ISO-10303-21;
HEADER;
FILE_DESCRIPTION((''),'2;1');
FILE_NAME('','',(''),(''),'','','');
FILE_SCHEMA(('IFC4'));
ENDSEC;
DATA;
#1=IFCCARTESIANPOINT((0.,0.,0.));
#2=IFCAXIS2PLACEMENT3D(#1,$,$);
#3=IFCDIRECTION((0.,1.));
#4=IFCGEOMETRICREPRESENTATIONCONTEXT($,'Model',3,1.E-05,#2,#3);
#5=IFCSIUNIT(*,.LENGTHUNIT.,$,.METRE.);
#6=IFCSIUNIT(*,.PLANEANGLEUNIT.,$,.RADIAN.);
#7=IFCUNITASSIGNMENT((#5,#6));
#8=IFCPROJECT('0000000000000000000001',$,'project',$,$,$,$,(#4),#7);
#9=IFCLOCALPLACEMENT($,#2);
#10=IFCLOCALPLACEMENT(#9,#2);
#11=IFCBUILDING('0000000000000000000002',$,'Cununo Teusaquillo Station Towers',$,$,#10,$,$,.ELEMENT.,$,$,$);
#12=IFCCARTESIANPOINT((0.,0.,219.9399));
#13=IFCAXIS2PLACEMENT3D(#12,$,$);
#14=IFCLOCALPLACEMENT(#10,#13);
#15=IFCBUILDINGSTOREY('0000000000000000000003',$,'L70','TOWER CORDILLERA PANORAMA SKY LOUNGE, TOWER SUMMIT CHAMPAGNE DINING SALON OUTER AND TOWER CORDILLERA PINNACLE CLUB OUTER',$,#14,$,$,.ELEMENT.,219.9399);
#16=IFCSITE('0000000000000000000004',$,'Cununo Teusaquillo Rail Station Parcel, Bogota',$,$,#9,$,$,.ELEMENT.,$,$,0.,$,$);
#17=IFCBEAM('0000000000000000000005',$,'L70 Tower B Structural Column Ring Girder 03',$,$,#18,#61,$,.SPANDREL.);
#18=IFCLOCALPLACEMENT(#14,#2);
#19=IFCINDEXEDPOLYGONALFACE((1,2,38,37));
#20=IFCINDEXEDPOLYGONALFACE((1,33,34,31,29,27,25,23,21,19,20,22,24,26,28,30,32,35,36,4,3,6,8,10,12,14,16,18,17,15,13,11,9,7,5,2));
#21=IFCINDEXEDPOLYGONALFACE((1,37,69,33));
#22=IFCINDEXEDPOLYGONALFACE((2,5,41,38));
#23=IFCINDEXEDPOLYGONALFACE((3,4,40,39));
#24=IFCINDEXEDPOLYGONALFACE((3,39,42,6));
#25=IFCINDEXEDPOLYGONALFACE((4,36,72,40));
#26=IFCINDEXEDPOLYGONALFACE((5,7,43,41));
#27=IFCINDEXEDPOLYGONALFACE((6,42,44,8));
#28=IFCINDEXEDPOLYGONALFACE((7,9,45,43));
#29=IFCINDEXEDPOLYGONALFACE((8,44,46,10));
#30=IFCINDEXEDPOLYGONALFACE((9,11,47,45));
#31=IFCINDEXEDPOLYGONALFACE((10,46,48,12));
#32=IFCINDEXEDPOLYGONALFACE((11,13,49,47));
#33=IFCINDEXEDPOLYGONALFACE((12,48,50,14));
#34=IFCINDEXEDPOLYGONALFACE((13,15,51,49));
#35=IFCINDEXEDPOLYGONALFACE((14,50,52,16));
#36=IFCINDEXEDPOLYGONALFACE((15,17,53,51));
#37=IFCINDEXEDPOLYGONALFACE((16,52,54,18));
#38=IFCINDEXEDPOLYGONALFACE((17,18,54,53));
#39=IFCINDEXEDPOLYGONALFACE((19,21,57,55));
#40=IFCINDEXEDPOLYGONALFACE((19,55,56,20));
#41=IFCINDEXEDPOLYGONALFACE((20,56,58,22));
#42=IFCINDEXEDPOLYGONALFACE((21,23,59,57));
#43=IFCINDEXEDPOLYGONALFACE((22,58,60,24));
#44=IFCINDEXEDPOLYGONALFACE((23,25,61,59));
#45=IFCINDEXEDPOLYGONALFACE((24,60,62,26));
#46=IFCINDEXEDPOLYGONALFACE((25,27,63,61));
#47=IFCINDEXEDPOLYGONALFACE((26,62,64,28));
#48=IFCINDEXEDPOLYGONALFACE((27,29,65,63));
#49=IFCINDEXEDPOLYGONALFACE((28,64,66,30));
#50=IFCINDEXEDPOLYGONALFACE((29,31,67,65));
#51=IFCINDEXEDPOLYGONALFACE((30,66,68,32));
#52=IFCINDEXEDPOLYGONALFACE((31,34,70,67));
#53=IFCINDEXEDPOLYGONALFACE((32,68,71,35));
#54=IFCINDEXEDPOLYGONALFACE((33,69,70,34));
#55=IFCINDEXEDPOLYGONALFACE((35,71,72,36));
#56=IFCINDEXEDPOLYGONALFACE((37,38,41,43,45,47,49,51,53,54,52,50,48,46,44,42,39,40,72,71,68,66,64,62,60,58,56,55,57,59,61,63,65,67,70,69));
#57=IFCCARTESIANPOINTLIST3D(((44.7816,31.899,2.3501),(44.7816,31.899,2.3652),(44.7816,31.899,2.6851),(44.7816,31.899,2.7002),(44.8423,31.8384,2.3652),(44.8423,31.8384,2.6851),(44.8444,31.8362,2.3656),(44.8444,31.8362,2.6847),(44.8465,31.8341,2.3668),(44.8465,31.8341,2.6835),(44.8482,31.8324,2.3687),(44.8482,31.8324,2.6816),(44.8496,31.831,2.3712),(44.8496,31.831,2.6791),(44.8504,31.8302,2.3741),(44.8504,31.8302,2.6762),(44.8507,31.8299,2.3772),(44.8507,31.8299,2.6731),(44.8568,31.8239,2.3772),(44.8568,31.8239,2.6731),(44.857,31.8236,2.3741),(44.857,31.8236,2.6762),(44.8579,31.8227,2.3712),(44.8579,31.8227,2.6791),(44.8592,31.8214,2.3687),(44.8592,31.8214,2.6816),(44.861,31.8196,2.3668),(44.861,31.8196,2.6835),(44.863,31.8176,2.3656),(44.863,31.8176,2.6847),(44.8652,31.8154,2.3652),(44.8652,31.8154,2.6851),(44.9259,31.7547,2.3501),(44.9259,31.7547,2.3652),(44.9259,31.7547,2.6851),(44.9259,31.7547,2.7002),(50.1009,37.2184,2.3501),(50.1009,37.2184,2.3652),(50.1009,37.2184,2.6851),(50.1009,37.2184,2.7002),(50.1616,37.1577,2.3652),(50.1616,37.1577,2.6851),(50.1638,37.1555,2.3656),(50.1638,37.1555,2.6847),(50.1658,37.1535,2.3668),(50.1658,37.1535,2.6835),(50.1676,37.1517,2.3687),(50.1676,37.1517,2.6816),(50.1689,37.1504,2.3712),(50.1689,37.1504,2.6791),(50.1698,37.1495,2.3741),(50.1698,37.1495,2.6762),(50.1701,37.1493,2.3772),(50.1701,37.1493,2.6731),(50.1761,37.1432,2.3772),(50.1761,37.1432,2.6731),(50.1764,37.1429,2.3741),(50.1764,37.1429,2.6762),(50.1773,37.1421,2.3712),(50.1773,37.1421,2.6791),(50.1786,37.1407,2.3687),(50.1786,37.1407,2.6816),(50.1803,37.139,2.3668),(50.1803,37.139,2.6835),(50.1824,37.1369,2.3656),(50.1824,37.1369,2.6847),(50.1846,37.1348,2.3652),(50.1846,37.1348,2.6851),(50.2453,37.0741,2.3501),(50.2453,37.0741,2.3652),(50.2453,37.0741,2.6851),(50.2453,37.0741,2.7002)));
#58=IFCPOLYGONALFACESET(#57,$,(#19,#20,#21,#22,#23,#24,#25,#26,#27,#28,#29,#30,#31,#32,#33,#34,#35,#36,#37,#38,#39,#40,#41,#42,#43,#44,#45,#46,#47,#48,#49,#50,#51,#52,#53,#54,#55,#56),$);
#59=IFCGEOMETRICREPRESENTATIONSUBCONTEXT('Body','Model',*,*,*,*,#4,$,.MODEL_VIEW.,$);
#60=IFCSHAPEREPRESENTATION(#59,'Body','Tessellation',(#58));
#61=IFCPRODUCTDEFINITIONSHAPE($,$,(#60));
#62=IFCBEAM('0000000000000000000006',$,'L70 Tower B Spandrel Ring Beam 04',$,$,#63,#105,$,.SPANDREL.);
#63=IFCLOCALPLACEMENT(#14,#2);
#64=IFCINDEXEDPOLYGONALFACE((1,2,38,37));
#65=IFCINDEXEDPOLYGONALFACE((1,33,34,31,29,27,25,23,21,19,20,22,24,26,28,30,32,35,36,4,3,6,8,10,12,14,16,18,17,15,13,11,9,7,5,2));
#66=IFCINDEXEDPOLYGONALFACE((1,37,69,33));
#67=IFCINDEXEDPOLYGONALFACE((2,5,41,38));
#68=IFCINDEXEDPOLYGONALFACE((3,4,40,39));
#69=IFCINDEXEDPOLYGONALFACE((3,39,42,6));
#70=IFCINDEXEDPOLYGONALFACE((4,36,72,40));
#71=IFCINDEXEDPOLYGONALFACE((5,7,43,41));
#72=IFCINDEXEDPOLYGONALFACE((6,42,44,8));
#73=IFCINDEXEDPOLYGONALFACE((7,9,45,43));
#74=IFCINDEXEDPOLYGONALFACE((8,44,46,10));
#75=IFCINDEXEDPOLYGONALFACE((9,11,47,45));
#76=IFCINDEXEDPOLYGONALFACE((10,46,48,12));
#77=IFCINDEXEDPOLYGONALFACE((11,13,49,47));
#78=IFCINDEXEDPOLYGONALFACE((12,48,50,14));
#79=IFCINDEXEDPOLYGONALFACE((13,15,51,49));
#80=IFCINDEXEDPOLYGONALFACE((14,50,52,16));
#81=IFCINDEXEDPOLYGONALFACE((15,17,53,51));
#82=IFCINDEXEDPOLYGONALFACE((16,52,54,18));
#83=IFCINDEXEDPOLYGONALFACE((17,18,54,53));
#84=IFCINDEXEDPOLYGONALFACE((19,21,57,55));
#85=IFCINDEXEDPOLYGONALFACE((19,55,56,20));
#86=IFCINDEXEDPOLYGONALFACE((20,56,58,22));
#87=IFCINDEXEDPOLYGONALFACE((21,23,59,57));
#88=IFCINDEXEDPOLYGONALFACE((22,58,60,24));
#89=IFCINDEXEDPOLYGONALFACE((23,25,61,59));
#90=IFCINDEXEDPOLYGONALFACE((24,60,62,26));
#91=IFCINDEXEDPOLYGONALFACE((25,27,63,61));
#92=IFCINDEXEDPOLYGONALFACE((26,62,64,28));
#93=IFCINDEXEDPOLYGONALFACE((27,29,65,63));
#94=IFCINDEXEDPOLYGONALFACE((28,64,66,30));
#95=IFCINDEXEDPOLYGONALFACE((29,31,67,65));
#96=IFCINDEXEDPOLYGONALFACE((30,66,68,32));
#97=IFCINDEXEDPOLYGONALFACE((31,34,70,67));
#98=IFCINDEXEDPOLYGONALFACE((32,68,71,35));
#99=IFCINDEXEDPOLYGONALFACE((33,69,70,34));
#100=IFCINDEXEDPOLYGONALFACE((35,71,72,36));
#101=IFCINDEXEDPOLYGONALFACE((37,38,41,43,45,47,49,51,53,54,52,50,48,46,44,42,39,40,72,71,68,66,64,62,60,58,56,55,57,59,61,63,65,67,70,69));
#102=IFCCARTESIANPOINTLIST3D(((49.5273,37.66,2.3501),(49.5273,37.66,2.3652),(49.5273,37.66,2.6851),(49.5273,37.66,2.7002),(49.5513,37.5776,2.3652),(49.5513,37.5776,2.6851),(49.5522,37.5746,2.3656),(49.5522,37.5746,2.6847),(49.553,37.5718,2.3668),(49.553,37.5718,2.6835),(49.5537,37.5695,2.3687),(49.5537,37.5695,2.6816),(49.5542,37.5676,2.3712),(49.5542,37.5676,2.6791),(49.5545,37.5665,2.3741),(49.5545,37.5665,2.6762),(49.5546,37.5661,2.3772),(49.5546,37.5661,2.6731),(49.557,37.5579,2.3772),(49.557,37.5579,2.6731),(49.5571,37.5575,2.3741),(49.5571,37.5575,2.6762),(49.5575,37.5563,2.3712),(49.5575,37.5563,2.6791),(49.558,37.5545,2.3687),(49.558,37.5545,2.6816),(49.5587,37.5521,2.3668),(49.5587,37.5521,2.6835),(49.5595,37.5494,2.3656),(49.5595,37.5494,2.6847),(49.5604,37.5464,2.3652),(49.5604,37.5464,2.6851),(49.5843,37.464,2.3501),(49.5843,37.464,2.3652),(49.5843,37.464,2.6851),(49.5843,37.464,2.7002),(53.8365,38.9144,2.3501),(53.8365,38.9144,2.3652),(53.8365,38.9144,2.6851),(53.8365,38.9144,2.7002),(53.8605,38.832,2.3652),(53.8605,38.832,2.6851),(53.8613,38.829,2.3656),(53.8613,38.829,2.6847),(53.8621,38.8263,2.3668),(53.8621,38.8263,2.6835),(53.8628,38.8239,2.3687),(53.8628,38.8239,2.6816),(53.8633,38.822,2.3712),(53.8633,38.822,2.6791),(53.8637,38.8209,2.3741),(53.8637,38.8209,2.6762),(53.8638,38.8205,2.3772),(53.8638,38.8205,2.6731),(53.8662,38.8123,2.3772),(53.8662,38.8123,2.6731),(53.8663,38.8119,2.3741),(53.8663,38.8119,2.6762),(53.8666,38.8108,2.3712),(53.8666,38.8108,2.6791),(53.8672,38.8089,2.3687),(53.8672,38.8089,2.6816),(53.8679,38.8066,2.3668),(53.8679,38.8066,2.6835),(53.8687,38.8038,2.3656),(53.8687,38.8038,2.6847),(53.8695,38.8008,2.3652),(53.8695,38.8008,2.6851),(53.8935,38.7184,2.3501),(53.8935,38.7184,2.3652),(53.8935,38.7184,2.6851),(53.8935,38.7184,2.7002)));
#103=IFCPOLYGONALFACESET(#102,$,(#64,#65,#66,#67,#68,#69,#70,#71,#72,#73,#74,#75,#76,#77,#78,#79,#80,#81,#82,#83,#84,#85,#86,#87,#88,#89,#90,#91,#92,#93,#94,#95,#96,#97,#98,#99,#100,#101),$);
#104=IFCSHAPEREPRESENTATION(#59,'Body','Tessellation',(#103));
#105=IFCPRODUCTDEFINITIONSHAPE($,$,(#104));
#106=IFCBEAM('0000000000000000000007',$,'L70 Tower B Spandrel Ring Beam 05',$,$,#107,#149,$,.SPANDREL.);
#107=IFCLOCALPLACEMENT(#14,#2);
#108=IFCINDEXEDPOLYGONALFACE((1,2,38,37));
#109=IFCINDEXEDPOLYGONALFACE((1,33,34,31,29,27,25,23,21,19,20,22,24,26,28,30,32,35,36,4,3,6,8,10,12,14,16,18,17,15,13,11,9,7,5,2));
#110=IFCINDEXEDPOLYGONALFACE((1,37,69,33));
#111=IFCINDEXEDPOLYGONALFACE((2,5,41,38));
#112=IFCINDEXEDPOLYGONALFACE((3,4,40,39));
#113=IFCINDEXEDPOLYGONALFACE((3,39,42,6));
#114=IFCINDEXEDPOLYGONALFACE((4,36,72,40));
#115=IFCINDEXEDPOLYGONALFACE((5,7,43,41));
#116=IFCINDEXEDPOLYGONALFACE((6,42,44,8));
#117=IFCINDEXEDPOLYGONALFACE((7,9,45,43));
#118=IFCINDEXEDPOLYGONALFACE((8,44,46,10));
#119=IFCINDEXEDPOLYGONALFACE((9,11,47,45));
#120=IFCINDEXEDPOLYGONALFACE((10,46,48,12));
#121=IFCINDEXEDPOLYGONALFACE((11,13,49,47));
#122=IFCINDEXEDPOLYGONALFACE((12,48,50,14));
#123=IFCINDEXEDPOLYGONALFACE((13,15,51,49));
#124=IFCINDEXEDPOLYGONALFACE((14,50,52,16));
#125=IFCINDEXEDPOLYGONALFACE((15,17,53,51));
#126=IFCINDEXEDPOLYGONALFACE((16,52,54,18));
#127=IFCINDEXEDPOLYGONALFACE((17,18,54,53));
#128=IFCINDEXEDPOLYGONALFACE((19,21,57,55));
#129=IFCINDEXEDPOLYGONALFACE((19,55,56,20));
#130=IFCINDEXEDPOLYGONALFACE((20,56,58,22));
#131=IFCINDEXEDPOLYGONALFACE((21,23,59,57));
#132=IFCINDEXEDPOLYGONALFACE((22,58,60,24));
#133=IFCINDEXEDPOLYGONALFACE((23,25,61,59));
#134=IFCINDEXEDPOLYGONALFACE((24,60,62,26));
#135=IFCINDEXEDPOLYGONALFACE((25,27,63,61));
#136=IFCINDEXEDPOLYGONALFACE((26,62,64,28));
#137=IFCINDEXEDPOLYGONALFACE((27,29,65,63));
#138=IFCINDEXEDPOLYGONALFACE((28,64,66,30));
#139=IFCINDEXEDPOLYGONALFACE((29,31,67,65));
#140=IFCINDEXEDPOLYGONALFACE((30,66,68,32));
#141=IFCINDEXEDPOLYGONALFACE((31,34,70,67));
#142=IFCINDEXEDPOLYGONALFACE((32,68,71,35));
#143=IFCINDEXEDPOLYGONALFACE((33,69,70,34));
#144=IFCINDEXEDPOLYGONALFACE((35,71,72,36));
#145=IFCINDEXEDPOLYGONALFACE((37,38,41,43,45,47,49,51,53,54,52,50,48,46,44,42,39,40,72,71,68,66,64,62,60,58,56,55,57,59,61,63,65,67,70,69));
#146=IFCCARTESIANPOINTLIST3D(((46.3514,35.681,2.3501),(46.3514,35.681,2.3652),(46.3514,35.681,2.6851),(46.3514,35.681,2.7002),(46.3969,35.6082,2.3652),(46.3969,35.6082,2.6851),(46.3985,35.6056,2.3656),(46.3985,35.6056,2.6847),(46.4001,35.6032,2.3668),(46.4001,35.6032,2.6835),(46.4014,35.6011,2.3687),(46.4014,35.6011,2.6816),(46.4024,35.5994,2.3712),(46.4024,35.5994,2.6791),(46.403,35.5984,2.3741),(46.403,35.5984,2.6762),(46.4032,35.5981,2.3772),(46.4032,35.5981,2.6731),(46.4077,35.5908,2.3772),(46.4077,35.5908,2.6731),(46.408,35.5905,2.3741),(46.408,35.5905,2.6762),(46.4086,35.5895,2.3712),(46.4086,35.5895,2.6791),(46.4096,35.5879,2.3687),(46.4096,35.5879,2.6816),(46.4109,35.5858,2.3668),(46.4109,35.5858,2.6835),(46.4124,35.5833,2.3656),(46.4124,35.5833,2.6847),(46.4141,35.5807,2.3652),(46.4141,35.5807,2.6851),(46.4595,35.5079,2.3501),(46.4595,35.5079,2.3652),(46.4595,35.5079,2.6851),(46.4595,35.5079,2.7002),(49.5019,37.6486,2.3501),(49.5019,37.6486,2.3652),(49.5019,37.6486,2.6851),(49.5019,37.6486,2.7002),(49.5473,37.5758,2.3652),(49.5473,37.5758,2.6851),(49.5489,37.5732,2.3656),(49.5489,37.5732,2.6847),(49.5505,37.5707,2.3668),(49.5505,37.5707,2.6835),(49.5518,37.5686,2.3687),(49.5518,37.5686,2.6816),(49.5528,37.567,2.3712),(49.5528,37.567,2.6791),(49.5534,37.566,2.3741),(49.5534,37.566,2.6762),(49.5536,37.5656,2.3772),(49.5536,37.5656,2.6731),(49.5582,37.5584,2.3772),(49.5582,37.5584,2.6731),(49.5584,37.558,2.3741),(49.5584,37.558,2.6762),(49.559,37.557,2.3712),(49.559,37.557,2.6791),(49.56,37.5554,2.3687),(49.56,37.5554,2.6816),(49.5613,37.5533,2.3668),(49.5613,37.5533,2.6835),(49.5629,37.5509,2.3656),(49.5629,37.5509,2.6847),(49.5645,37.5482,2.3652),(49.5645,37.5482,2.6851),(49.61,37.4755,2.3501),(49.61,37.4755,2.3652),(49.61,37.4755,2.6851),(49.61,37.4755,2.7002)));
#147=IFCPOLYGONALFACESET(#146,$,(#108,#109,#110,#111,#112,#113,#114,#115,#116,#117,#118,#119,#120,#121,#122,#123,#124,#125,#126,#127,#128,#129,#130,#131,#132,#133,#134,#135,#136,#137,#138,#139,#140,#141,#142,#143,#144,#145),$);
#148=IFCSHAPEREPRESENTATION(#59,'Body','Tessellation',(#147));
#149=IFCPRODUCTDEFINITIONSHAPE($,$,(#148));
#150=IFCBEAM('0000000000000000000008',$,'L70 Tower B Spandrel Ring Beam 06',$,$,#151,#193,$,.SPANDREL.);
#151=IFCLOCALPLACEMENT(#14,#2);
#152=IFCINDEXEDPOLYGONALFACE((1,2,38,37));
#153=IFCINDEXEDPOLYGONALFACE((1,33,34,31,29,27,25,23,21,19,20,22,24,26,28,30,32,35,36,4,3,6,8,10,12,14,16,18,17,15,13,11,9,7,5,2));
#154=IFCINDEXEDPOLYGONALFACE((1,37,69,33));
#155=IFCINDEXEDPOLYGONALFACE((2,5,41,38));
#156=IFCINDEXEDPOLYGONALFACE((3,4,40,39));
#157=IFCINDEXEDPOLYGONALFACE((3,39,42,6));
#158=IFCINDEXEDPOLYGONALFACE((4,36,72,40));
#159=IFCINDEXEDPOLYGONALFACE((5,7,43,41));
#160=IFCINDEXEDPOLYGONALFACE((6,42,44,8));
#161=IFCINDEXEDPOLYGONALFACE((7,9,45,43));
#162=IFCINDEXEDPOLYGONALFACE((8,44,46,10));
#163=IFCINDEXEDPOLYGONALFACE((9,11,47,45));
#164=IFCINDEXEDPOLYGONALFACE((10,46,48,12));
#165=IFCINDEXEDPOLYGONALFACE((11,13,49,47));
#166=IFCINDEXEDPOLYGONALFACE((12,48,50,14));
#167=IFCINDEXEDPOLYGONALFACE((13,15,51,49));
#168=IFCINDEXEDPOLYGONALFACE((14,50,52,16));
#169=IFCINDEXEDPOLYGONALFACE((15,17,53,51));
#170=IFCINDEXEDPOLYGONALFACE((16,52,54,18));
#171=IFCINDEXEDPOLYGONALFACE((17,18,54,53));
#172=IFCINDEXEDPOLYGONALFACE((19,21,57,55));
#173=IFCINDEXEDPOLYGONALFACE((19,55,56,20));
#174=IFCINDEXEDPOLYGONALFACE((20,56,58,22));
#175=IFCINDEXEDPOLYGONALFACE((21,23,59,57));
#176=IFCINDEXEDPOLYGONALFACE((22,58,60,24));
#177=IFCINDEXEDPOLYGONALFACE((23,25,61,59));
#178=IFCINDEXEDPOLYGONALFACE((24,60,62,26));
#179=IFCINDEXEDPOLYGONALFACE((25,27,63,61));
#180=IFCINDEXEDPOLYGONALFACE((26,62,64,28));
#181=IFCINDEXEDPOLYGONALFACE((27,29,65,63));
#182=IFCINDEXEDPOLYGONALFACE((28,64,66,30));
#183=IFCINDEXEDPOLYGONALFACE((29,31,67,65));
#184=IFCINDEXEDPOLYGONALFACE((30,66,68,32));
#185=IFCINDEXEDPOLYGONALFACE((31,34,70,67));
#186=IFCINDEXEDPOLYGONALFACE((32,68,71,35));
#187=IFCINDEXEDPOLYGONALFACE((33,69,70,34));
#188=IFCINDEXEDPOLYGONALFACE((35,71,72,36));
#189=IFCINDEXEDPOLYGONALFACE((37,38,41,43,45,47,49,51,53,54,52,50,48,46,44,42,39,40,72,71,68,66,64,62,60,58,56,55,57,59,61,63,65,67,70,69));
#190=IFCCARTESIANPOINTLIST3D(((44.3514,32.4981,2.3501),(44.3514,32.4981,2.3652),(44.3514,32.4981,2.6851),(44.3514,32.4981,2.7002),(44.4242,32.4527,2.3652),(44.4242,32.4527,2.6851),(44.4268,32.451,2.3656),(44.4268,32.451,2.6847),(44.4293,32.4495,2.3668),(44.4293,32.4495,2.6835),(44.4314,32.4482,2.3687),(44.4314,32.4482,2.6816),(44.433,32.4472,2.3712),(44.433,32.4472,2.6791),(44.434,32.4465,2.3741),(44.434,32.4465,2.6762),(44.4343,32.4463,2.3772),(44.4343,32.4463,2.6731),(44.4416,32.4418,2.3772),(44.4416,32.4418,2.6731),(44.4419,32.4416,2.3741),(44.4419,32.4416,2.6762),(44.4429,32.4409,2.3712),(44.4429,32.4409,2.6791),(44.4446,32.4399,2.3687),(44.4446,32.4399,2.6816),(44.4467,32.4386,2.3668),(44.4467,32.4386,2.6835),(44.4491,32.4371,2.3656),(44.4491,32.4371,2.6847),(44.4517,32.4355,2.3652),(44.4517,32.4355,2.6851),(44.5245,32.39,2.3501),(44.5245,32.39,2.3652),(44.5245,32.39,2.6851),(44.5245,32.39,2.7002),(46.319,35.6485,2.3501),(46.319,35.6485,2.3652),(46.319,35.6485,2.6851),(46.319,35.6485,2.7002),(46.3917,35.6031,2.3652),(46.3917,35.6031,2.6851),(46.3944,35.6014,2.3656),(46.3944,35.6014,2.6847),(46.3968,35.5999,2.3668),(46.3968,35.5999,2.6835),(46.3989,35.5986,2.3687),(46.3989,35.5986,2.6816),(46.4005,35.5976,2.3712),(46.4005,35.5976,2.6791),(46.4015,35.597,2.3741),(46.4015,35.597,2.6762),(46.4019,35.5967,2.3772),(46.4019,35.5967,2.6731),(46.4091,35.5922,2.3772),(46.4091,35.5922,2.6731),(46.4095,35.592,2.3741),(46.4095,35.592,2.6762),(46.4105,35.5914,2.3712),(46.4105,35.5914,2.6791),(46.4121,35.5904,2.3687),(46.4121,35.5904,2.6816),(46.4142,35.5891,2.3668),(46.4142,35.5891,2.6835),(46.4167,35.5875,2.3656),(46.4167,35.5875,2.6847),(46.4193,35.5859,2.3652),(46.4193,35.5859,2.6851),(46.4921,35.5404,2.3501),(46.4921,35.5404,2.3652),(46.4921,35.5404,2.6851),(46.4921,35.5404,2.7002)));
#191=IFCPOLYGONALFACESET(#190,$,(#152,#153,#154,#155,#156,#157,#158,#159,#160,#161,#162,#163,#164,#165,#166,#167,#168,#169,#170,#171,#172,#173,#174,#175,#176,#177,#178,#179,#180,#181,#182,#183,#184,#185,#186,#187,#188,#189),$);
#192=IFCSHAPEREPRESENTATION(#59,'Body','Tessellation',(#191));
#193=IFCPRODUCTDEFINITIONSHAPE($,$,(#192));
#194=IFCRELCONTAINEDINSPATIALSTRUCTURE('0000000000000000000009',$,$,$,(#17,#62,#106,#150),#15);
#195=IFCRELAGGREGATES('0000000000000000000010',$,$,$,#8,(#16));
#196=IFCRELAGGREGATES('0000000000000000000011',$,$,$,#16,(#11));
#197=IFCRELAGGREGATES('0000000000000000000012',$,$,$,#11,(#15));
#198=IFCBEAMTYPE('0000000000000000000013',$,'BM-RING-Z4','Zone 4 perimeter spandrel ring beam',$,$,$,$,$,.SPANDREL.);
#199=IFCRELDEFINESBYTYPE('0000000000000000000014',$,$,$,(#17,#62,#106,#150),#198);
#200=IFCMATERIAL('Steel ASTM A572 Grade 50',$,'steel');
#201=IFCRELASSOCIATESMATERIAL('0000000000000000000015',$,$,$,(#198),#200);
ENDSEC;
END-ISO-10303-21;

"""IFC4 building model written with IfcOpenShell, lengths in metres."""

from ifc_helpers import new_model, si_unit, direction, frame, origin, origin_2d, place, context, subcontext, project, spatial, i_section, extrude, material, material_profile, profile_set, type_object, element, save


model = new_model("IFC4")

# Units and contexts
model_context = context("Model", 3, precision=1e-05, world=origin(), true_north=direction((0.0, 1.0)))
body_context = subcontext(model_context, "Body", "Model", "MODEL_VIEW")
ifc_project = project(units=[si_unit("LENGTHUNIT", "METRE"), si_unit("PLANEANGLEUNIT", "RADIAN")], contexts=[model_context])

# Site, building, storey
site_placement = place(None, origin())
site = spatial("IfcSite", under=ifc_project, at=site_placement, Name="Cununo Teusaquillo Rail Station Parcel, Bogota", CompositionType="ELEMENT", RefElevation=0.0)
building_placement = place(site_placement, origin())
building = spatial("IfcBuilding", under=site, at=building_placement, Name="Cununo Teusaquillo Station Towers", CompositionType="ELEMENT")
storey_placement = place(building_placement, frame((0.0, 0.0, 219.9399)))
storey = spatial("IfcBuildingStorey", under=building, at=storey_placement, Name="L70", Description="TOWER CORDILLERA PANORAMA SKY LOUNGE, TOWER SUMMIT CHAMPAGNE DINING SALON OUTER AND TOWER CORDILLERA PINNACLE CLUB OUTER", CompositionType="ELEMENT", Elevation=219.9399)

# Beams
ifc_material_1 = material(Name="Steel ASTM A572 Grade 50", Category="steel")
ifc_material_profile_1 = material_profile(ifc_material_1, i_section(OverallWidth=0.2041, OverallDepth=0.3501, WebThickness=0.0085, FlangeThickness=0.0151, FilletRadius=0.012, at=origin_2d()), Name="W14X48")
ifc_profile_set_1 = profile_set([ifc_material_profile_1], Name="Steel ASTM A572 Grade 50")
beam_type_1 = type_object("IfcBeamType", Name="BM-RING-Z4", Description="Zone 4 perimeter spandrel ring beam", PredefinedType="SPANDREL", material=ifc_profile_set_1)
beam_1_placement = place(storey_placement, frame((50.1731, 37.1462, 2.5251), z_axis=(-0.707107, -0.707107, 0.0), x_axis=(0.707107, -0.707107, 0.0)))
element("IfcBeam", 1, at=beam_1_placement, inside=storey, type_object=beam_type_1, Name="L70 Tower B Structural Column Ring Girder 03", PredefinedType="SPANDREL", context=body_context, shape_type="SweptSolid", body=[
    extrude(i_section(OverallWidth=0.2041, OverallDepth=0.3501, WebThickness=0.0085, FlangeThickness=0.0151, FilletRadius=0.012, at=origin_2d()), origin(), (0.0, 0.0, 1.0), 7.5227),
])
beam_2_placement = place(storey_placement, frame((53.865, 38.8164, 2.5251), z_axis=(-0.960145, -0.279503, 0.0), x_axis=(0.279503, -0.960145, 0.0)))
element("IfcBeam", 2, at=beam_2_placement, inside=storey, type_object=beam_type_1, Name="L70 Tower B Spandrel Ring Beam 04", PredefinedType="SPANDREL", context=body_context, shape_type="SweptSolid", body=[
    extrude(i_section(OverallWidth=0.2041, OverallDepth=0.3501, WebThickness=0.0085, FlangeThickness=0.0151, FilletRadius=0.012, at=origin_2d()), origin(), (0.0, 0.0, 1.0), 4.488),
])
for number, where, z_axis, x_axis, name in (
    (3, (49.5559, 37.562, 2.5251), (-0.848176, -0.529715, 0.0), (0.529715, -0.848176, 0.0), "L70 Tower B Spandrel Ring Beam 05"),
    (4, (46.4055, 35.5945, 2.5251), (-0.529715, -0.848176, 0.0), (0.848176, -0.529715, 0.0), "L70 Tower B Spandrel Ring Beam 06"),
):
    element("IfcBeam", number, at=place(storey_placement, frame(where, z_axis=z_axis, x_axis=x_axis)), inside=storey, type_object=beam_type_1, Name=name, PredefinedType="SPANDREL", context=body_context, shape_type="SweptSolid", body=[
        extrude(i_section(OverallWidth=0.2041, OverallDepth=0.3501, WebThickness=0.0085, FlangeThickness=0.0151, FilletRadius=0.012, at=origin_2d()), origin(), (0.0, 0.0, 1.0), 3.7144),
    ])

save(model, "model.ifc")
